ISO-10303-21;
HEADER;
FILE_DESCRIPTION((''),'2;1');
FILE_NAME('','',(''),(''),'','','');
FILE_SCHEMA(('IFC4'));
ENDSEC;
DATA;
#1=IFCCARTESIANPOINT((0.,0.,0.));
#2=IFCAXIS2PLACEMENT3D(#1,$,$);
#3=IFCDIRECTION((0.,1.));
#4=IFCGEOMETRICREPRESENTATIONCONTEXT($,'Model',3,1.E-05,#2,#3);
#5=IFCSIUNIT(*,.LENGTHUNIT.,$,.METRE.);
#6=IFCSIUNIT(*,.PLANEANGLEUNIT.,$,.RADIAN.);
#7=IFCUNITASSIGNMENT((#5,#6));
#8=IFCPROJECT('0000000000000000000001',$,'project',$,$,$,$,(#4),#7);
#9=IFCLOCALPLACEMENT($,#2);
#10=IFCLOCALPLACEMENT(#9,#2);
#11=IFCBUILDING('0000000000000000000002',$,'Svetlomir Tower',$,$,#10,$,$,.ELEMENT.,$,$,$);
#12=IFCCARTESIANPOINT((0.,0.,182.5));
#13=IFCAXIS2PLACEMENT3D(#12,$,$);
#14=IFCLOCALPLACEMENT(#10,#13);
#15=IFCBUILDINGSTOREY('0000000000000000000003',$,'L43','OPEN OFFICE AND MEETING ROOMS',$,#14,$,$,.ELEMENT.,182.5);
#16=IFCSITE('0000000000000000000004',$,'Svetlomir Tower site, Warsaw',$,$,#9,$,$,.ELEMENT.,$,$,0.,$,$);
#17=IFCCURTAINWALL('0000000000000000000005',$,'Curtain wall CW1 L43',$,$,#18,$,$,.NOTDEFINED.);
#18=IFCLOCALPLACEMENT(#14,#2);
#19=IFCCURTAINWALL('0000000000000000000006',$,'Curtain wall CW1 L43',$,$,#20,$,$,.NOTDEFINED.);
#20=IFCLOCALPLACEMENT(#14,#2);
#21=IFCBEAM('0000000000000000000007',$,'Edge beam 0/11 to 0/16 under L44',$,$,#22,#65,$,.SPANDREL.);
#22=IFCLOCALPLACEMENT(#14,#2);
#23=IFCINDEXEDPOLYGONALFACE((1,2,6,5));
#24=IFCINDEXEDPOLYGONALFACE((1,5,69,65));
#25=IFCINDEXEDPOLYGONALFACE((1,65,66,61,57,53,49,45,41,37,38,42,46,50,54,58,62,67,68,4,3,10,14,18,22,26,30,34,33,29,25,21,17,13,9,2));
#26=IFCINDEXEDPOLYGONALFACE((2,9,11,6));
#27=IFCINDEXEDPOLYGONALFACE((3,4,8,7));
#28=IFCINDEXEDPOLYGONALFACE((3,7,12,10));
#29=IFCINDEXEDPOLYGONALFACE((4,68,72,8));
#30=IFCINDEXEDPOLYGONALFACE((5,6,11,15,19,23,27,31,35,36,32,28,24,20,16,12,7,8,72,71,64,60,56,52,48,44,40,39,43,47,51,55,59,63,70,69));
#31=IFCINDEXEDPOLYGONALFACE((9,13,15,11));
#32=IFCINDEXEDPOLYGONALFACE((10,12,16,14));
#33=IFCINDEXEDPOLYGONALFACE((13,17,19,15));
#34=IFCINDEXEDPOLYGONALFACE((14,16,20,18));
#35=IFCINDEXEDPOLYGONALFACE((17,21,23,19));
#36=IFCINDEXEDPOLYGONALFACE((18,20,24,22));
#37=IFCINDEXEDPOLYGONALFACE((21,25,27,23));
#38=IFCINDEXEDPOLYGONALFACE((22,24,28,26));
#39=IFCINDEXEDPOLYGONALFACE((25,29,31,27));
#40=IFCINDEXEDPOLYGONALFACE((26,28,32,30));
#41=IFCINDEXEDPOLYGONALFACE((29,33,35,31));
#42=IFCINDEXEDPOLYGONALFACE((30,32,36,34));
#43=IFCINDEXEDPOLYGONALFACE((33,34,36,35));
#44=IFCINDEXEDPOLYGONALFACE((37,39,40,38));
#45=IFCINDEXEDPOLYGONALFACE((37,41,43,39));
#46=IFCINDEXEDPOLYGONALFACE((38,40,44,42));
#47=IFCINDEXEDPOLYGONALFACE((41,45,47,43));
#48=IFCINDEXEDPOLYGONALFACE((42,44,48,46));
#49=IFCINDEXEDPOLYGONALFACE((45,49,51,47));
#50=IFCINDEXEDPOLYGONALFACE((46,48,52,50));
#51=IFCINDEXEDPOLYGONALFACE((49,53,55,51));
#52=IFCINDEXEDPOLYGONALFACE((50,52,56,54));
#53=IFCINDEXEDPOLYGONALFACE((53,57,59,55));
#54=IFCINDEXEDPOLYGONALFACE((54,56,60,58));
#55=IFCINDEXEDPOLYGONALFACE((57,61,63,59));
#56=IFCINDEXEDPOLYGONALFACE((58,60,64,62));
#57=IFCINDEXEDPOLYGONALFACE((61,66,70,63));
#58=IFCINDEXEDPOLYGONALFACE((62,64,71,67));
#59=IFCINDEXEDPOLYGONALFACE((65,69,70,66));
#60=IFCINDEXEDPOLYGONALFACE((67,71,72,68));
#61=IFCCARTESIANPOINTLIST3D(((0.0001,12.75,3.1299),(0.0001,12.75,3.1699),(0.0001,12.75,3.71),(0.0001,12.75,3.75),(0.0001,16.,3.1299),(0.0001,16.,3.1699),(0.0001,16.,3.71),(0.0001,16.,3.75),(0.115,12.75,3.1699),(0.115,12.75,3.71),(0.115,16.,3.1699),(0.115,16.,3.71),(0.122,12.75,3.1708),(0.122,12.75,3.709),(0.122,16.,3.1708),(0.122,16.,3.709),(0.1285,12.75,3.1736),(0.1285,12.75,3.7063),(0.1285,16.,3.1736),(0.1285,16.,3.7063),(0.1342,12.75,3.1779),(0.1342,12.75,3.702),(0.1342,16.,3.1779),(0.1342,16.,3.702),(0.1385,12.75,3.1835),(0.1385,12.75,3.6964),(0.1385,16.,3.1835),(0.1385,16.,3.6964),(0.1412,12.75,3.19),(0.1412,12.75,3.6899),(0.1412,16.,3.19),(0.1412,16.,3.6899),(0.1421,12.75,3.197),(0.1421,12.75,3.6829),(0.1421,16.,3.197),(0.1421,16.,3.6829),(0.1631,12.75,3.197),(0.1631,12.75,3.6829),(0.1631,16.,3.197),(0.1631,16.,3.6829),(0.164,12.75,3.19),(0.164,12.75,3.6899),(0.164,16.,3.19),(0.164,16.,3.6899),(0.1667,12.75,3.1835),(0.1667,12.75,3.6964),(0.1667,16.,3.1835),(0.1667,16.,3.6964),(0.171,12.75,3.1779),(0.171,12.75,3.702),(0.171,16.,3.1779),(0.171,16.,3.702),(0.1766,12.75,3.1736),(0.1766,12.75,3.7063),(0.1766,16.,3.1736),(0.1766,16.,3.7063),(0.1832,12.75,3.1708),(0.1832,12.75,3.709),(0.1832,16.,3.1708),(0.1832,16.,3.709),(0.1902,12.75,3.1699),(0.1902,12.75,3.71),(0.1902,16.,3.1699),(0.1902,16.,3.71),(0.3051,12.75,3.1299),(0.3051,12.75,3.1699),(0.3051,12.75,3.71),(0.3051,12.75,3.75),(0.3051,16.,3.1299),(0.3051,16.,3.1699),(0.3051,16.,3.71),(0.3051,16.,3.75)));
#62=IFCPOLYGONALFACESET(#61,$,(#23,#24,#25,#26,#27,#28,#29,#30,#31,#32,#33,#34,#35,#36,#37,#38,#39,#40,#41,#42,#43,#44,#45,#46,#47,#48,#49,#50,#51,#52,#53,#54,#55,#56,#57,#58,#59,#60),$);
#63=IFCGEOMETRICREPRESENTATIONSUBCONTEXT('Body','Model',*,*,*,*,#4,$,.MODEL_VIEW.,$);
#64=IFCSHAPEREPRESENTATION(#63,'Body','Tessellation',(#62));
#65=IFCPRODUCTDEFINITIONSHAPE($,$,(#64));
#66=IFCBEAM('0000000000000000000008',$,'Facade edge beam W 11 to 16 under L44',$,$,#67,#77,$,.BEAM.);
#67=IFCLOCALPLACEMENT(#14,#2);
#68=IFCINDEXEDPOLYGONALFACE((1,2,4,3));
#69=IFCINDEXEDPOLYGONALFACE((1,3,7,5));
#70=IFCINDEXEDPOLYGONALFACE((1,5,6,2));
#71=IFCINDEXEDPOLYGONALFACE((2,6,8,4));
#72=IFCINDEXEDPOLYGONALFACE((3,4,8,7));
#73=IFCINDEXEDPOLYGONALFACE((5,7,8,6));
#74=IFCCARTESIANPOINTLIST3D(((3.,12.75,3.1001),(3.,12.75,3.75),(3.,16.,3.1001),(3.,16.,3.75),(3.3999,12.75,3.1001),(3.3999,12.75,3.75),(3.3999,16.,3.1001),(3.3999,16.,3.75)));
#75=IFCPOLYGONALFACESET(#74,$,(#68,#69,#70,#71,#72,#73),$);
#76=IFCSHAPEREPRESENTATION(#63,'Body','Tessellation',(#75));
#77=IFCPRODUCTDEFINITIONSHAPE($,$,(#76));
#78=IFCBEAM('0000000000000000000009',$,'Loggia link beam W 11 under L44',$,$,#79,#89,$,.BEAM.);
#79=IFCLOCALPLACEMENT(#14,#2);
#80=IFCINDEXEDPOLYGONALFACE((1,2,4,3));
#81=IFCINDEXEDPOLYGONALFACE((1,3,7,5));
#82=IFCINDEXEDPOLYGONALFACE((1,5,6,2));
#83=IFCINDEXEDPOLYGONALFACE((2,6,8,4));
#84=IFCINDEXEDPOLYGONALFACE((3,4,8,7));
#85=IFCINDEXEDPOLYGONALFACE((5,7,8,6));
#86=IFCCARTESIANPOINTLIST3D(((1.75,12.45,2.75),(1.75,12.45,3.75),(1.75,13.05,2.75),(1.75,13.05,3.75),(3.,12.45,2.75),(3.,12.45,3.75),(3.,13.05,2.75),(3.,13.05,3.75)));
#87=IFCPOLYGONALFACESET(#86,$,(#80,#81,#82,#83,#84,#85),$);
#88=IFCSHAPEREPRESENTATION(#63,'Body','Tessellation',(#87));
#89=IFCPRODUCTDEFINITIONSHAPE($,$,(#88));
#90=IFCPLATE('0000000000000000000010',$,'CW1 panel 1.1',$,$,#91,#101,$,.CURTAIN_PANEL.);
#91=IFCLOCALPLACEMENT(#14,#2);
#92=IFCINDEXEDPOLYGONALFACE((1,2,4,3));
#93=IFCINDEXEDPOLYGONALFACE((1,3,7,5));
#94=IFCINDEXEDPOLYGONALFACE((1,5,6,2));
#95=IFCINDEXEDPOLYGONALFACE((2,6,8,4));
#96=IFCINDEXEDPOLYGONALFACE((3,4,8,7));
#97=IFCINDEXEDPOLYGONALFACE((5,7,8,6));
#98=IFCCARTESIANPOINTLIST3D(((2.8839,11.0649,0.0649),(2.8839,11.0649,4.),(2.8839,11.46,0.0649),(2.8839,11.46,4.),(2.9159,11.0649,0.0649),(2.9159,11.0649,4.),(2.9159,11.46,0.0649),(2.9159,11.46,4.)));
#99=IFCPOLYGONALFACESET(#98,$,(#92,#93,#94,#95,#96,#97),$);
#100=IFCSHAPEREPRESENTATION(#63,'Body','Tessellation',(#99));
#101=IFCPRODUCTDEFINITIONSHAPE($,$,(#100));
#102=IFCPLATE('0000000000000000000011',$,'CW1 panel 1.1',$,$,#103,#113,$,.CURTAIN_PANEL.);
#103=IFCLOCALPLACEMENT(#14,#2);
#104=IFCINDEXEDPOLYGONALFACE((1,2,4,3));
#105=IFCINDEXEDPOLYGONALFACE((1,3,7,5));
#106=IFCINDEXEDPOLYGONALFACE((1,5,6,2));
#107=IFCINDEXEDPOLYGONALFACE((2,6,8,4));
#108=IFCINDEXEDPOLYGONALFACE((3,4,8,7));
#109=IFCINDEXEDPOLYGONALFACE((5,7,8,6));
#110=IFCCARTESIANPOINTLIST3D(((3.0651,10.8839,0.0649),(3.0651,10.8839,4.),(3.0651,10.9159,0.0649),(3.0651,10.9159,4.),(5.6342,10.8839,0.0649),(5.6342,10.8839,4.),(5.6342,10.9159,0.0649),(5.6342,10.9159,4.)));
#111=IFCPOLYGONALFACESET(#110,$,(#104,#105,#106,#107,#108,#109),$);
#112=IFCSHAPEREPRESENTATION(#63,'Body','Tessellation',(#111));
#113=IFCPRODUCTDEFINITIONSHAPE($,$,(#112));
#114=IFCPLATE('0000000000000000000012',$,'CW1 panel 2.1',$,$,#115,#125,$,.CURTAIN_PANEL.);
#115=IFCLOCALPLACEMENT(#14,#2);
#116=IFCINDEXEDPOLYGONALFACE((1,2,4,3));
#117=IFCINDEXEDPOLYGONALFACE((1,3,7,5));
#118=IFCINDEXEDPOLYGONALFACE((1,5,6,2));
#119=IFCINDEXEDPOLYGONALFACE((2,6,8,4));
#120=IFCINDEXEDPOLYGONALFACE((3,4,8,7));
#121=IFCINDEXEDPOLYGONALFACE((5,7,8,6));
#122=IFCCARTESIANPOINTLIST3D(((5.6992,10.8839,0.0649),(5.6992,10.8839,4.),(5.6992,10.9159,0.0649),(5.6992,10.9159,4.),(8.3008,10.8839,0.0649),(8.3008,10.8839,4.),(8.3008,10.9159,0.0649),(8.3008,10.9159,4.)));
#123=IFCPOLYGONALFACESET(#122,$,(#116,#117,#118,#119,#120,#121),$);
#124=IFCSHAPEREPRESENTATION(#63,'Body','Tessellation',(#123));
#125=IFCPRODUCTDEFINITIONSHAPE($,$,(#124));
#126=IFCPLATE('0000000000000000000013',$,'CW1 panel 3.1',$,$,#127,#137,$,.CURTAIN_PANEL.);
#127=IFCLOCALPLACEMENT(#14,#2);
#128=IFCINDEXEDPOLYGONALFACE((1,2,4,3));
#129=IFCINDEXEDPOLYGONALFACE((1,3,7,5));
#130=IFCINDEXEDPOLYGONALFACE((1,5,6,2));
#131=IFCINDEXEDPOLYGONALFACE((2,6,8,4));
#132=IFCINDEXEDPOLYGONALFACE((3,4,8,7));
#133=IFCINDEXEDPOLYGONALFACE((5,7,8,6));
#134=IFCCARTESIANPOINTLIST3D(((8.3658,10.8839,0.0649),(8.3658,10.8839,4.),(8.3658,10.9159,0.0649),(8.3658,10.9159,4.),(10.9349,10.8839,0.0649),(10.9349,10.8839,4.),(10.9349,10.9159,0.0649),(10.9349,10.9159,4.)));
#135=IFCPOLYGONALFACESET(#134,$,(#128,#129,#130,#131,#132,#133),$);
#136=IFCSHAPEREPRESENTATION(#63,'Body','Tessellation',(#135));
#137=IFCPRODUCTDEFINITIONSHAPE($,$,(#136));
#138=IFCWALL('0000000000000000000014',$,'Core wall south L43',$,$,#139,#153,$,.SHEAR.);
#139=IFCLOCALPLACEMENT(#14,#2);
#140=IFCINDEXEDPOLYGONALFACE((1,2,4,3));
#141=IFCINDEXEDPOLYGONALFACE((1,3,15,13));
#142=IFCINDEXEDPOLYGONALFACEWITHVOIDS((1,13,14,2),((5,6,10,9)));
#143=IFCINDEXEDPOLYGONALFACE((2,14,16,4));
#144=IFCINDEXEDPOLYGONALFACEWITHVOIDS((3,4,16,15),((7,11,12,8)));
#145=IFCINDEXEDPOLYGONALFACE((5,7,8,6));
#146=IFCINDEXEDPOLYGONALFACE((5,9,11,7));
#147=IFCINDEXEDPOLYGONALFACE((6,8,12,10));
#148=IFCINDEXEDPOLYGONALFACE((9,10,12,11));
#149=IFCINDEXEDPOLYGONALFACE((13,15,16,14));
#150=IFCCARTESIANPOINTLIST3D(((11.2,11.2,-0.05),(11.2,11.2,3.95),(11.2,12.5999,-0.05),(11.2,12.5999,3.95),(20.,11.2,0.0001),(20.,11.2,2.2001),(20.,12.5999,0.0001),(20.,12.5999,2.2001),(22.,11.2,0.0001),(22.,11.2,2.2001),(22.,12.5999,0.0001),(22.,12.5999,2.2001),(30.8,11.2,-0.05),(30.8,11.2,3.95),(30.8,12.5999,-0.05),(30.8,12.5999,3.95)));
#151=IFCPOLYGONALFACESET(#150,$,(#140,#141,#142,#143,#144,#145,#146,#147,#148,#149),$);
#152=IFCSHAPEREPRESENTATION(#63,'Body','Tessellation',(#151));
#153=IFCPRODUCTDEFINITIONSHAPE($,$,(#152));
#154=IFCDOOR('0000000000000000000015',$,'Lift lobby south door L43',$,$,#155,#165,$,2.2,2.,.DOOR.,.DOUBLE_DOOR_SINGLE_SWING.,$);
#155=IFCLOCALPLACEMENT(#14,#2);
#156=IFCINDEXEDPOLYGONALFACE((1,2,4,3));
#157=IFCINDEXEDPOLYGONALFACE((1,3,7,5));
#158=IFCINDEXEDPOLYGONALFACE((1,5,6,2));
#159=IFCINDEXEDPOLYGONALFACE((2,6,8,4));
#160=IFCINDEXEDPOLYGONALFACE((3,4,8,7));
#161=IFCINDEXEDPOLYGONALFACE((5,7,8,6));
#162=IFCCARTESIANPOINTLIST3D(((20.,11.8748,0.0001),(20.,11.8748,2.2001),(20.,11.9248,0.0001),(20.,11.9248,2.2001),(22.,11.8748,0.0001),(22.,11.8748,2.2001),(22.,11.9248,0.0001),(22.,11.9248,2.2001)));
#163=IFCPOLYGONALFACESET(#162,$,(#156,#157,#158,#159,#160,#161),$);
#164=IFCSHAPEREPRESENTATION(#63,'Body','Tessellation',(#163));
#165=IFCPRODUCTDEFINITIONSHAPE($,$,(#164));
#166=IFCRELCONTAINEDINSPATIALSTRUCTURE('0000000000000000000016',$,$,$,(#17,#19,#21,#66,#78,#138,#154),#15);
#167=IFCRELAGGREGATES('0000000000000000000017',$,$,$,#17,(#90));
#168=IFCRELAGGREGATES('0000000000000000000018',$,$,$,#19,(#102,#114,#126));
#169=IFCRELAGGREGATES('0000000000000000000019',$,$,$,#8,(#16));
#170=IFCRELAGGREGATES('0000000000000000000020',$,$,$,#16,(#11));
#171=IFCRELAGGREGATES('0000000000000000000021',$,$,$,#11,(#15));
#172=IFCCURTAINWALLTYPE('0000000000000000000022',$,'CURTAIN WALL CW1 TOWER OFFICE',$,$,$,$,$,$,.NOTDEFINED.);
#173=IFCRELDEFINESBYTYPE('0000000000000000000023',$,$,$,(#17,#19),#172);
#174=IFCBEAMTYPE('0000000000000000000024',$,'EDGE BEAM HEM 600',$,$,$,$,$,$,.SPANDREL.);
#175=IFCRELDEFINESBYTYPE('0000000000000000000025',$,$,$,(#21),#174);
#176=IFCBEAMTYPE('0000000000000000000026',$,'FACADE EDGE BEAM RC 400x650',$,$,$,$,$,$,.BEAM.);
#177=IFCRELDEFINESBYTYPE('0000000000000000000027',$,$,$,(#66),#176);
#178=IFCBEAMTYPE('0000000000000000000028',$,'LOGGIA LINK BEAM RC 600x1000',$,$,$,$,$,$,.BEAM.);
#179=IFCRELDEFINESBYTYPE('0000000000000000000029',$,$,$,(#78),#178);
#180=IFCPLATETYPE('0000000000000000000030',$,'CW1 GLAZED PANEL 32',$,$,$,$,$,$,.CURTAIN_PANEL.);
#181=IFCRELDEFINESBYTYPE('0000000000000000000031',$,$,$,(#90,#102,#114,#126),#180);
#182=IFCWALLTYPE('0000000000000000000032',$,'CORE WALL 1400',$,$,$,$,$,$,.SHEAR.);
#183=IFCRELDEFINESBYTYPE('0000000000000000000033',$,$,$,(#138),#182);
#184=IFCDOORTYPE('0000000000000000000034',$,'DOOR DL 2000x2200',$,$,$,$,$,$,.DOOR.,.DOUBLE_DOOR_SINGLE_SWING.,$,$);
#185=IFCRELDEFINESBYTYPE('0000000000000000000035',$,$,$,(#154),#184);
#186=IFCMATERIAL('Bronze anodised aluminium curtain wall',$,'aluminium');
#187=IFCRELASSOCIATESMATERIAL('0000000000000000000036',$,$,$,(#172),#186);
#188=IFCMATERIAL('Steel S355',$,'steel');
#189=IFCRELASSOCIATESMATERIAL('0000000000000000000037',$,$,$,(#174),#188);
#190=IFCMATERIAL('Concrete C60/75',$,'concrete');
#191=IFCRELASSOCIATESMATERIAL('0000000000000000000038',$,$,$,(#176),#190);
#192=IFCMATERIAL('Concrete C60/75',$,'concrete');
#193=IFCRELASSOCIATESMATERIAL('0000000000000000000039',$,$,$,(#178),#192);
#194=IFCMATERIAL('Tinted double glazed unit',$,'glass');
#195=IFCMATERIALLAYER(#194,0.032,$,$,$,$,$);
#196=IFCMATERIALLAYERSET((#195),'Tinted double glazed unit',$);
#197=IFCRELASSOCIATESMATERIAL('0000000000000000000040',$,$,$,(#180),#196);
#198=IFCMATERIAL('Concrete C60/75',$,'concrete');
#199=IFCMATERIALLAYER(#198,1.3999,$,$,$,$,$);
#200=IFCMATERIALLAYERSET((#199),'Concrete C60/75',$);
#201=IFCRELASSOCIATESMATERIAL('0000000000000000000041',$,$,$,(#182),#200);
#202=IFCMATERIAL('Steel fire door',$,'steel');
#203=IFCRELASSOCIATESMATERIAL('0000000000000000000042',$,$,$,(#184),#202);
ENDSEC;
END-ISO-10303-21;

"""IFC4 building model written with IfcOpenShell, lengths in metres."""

from ifc_helpers import new_model, si_unit, direction, frame, frame_2d, origin, origin_2d, place, context, subcontext, project, spatial, rectangle, i_section, extrude, material, layer, layer_set, material_profile, profile_set, type_object, element, fill, aggregate, save


model = new_model("IFC4")

# Units and contexts
model_context = context("Model", 3, precision=1e-05, world=origin(), true_north=direction((0.0, 1.0)))
body_context = subcontext(model_context, "Body", "Model", "MODEL_VIEW")
ifc_project = project(units=[si_unit("LENGTHUNIT", "METRE"), si_unit("PLANEANGLEUNIT", "RADIAN")], contexts=[model_context])

# Site, building, storey
site_placement = place(None, origin())
site = spatial("IfcSite", under=ifc_project, at=site_placement, Name="Svetlomir Tower site, Warsaw", CompositionType="ELEMENT", RefElevation=0.0)
building_placement = place(site_placement, origin())
building = spatial("IfcBuilding", under=site, at=building_placement, Name="Svetlomir Tower", CompositionType="ELEMENT")
storey_placement = place(building_placement, frame((0.0, 0.0, 182.5)))
storey = spatial("IfcBuildingStorey", under=building, at=storey_placement, Name="L43", Description="OPEN OFFICE AND MEETING ROOMS", CompositionType="ELEMENT", Elevation=182.5)

# Shared definitions
ifc_material_1 = material(Name="Bronze anodised aluminium curtain wall", Category="aluminium")
curtain_wall_type = type_object("IfcCurtainWallType", Name="CURTAIN WALL CW1 TOWER OFFICE", PredefinedType="NOTDEFINED", material=ifc_material_1)

# Curtain walls
curtain_wall_1_placement = place(storey_placement, origin())
curtain_wall_1 = element("IfcCurtainWall", 1, at=curtain_wall_1_placement, inside=storey, type_object=curtain_wall_type, Name="Curtain wall CW1 L43", PredefinedType="NOTDEFINED")
curtain_wall_2_placement = place(storey_placement, origin())
curtain_wall_2 = element("IfcCurtainWall", 2, at=curtain_wall_2_placement, inside=storey, type_object=curtain_wall_type, Name="Curtain wall CW1 L43", PredefinedType="NOTDEFINED")

# Beams
ifc_material_2 = material(Name="Steel S355", Category="steel")
ifc_material_profile_1 = material_profile(ifc_material_2, i_section(OverallWidth=0.3049, OverallDepth=0.6201, WebThickness=0.021, FlangeThickness=0.04, FilletRadius=0.0271, at=origin_2d()), Name="HEM 600")
ifc_profile_set_1 = profile_set([ifc_material_profile_1], Name="Steel S355")
beam_type_1 = type_object("IfcBeamType", Name="EDGE BEAM HEM 600", PredefinedType="SPANDREL", material=ifc_profile_set_1)
beam_1_placement = place(storey_placement, frame((0.1526, 12.75, 3.4399), z_axis=(0.0, 1.0, 0.0), x_axis=(-1.0, 0.0, 0.0)))
element("IfcBeam", 3, at=beam_1_placement, inside=storey, type_object=beam_type_1, Name="Edge beam 0/11 to 0/16 under L44", PredefinedType="SPANDREL", context=body_context, shape_type="SweptSolid", body=[
    extrude(i_section(OverallWidth=0.3049, OverallDepth=0.6201, WebThickness=0.021, FlangeThickness=0.04, FilletRadius=0.0271, at=origin_2d()), origin(), (0.0, 0.0, 1.0), 3.25),
])
ifc_material_3 = material(Name="Concrete C60/75", Category="concrete")
ifc_material_profile_2 = material_profile(ifc_material_3, rectangle(XDim=0.3999, YDim=0.6499, at=origin_2d()), Name="RC 400x650")
ifc_profile_set_2 = profile_set([ifc_material_profile_2], Name="Concrete C60/75")
beam_type_2 = type_object("IfcBeamType", Name="FACADE EDGE BEAM RC 400x650", PredefinedType="BEAM", material=ifc_profile_set_2)
beam_2_placement = place(storey_placement, frame((3.2, 12.75, 3.425), z_axis=(0.0, 1.0, 0.0), x_axis=(-1.0, 0.0, 0.0)))
element("IfcBeam", 4, at=beam_2_placement, inside=storey, type_object=beam_type_2, Name="Facade edge beam W 11 to 16 under L44", PredefinedType="BEAM", context=body_context, shape_type="SweptSolid", body=[
    extrude(rectangle(XDim=0.3999, YDim=0.6499, at=origin_2d()), origin(), (0.0, 0.0, 1.0), 3.25),
])
ifc_material_4 = material(Name="Concrete C60/75", Category="concrete")
ifc_material_profile_3 = material_profile(ifc_material_4, rectangle(XDim=0.6001, YDim=1.0, at=origin_2d()), Name="RC 600x1000")
ifc_profile_set_3 = profile_set([ifc_material_profile_3], Name="Concrete C60/75")
beam_type_3 = type_object("IfcBeamType", Name="LOGGIA LINK BEAM RC 600x1000", PredefinedType="BEAM", material=ifc_profile_set_3)
beam_3_placement = place(storey_placement, frame((1.75, 12.75, 3.25), z_axis=(1.0, 0.0, 0.0), x_axis=(0.0, 1.0, 0.0)))
element("IfcBeam", 5, at=beam_3_placement, inside=storey, type_object=beam_type_3, Name="Loggia link beam W 11 under L44", PredefinedType="BEAM", context=body_context, shape_type="SweptSolid", body=[
    extrude(rectangle(XDim=0.6001, YDim=1.0, at=origin_2d()), origin(), (0.0, 0.0, 1.0), 1.25),
])

# Plates
ifc_material_5 = material(Name="Tinted double glazed unit", Category="glass")
ifc_layer_1 = layer(ifc_material_5, 0.032)
ifc_layer_set_1 = layer_set([ifc_layer_1], Name="Tinted double glazed unit")
plate_type = type_object("IfcPlateType", Name="CW1 GLAZED PANEL 32", PredefinedType="CURTAIN_PANEL", material=ifc_layer_set_1)
plate_1_placement = place(storey_placement, frame((2.8999, 11.2625, 0.0649), z_axis=(0.0, 0.0, 1.0), x_axis=(0.0, -1.0, 0.0)))
plate_1 = element("IfcPlate", 6, at=plate_1_placement, type_object=plate_type, Name="CW1 panel 1.1", PredefinedType="CURTAIN_PANEL", context=body_context, shape_type="SweptSolid", body=[
    extrude(rectangle(XDim=0.395, YDim=0.032, at=origin_2d()), origin(), (0.0, 0.0, 1.0), 3.9351),
])
aggregate(curtain_wall_1, [plate_1])
plate_2_placement = place(storey_placement, frame((4.3496, 10.8999, 0.0649), z_axis=(0.0, 0.0, 1.0), x_axis=(1.0, 0.0, 0.0)))
plate_2 = element("IfcPlate", 7, at=plate_2_placement, type_object=plate_type, Name="CW1 panel 1.1", PredefinedType="CURTAIN_PANEL", context=body_context, shape_type="SweptSolid", body=[
    extrude(rectangle(XDim=2.5691, YDim=0.032, at=origin_2d()), origin(), (0.0, 0.0, 1.0), 3.9351),
])
plate_3_placement = place(storey_placement, frame((7.0, 10.8999, 0.0649), z_axis=(0.0, 0.0, 1.0), x_axis=(1.0, 0.0, 0.0)))
plate_3 = element("IfcPlate", 8, at=plate_3_placement, type_object=plate_type, Name="CW1 panel 2.1", PredefinedType="CURTAIN_PANEL", context=body_context, shape_type="SweptSolid", body=[
    extrude(rectangle(XDim=2.6016, YDim=0.032, at=origin_2d()), origin(), (0.0, 0.0, 1.0), 3.9351),
])
plate_4_placement = place(storey_placement, frame((9.6504, 10.8999, 0.0649), z_axis=(0.0, 0.0, 1.0), x_axis=(1.0, 0.0, 0.0)))
plate_4 = element("IfcPlate", 9, at=plate_4_placement, type_object=plate_type, Name="CW1 panel 3.1", PredefinedType="CURTAIN_PANEL", context=body_context, shape_type="SweptSolid", body=[
    extrude(rectangle(XDim=2.5691, YDim=0.032, at=origin_2d()), origin(), (0.0, 0.0, 1.0), 3.9351),
])
aggregate(curtain_wall_2, [plate_2, plate_3, plate_4])

# Wall, opening, door
ifc_material_6 = material(Name="Concrete C60/75", Category="concrete")
ifc_layer_2 = layer(ifc_material_6, 1.3999)
ifc_layer_set_2 = layer_set([ifc_layer_2], Name="Concrete C60/75")
wall_type_1 = type_object("IfcWallType", Name="CORE WALL 1400", PredefinedType="SHEAR", material=ifc_layer_set_2)
wall_1_placement = place(storey_placement, frame((11.2, 11.8999, -0.05), z_axis=(0.0, 0.0, 1.0), x_axis=(1.0, 0.0, 0.0)))
wall_1 = element("IfcWall", 10, at=wall_1_placement, inside=storey, type_object=wall_type_1, Name="Core wall south L43", PredefinedType="SHEAR", context=body_context, shape_type="SweptSolid", body=[
    extrude(rectangle(XDim=19.6001, YDim=1.3999, at=frame_2d((9.8, 0.0))), origin(), (0.0, 0.0, 1.0), 4.0),
])
opening_1_placement = place(wall_1_placement, frame((8.8, 0.0, 0.05)))
opening_1 = element("IfcOpeningElement", 11, at=opening_1_placement, cuts=wall_1, PredefinedType="OPENING", context=body_context, shape_type="SweptSolid", body=[
    extrude(rectangle(XDim=2.0, YDim=2.2, at=frame_2d((1.0, 1.1001))), frame((0.0, 0.71, 0.0), z_axis=(0.0, -1.0, 0.0), x_axis=(1.0, 0.0, 0.0)), (0.0, 0.0, 1.0), 1.4199),
])
ifc_material_7 = material(Name="Steel fire door", Category="steel")
door_type_1 = type_object("IfcDoorType", Name="DOOR DL 2000x2200", OperationType="DOUBLE_DOOR_SINGLE_SWING", PredefinedType="DOOR", material=ifc_material_7)
door_1_placement = place(opening_1_placement, origin())
door_1 = element("IfcDoor", 12, at=door_1_placement, inside=storey, type_object=door_type_1, Name="Lift lobby south door L43", OperationType="DOUBLE_DOOR_SINGLE_SWING", OverallHeight=2.2, OverallWidth=2.0, PredefinedType="DOOR", context=body_context, shape_type="SweptSolid", body=[
    extrude(rectangle(XDim=2.0, YDim=2.2, at=frame_2d((1.0, 1.1001))), frame((0.0, 0.0249, 0.0), z_axis=(0.0, -1.0, 0.0), x_axis=(1.0, 0.0, 0.0)), (0.0, 0.0, 1.0), 0.05),
])
fill(opening_1, door_1)

save(model, "model.ifc")
